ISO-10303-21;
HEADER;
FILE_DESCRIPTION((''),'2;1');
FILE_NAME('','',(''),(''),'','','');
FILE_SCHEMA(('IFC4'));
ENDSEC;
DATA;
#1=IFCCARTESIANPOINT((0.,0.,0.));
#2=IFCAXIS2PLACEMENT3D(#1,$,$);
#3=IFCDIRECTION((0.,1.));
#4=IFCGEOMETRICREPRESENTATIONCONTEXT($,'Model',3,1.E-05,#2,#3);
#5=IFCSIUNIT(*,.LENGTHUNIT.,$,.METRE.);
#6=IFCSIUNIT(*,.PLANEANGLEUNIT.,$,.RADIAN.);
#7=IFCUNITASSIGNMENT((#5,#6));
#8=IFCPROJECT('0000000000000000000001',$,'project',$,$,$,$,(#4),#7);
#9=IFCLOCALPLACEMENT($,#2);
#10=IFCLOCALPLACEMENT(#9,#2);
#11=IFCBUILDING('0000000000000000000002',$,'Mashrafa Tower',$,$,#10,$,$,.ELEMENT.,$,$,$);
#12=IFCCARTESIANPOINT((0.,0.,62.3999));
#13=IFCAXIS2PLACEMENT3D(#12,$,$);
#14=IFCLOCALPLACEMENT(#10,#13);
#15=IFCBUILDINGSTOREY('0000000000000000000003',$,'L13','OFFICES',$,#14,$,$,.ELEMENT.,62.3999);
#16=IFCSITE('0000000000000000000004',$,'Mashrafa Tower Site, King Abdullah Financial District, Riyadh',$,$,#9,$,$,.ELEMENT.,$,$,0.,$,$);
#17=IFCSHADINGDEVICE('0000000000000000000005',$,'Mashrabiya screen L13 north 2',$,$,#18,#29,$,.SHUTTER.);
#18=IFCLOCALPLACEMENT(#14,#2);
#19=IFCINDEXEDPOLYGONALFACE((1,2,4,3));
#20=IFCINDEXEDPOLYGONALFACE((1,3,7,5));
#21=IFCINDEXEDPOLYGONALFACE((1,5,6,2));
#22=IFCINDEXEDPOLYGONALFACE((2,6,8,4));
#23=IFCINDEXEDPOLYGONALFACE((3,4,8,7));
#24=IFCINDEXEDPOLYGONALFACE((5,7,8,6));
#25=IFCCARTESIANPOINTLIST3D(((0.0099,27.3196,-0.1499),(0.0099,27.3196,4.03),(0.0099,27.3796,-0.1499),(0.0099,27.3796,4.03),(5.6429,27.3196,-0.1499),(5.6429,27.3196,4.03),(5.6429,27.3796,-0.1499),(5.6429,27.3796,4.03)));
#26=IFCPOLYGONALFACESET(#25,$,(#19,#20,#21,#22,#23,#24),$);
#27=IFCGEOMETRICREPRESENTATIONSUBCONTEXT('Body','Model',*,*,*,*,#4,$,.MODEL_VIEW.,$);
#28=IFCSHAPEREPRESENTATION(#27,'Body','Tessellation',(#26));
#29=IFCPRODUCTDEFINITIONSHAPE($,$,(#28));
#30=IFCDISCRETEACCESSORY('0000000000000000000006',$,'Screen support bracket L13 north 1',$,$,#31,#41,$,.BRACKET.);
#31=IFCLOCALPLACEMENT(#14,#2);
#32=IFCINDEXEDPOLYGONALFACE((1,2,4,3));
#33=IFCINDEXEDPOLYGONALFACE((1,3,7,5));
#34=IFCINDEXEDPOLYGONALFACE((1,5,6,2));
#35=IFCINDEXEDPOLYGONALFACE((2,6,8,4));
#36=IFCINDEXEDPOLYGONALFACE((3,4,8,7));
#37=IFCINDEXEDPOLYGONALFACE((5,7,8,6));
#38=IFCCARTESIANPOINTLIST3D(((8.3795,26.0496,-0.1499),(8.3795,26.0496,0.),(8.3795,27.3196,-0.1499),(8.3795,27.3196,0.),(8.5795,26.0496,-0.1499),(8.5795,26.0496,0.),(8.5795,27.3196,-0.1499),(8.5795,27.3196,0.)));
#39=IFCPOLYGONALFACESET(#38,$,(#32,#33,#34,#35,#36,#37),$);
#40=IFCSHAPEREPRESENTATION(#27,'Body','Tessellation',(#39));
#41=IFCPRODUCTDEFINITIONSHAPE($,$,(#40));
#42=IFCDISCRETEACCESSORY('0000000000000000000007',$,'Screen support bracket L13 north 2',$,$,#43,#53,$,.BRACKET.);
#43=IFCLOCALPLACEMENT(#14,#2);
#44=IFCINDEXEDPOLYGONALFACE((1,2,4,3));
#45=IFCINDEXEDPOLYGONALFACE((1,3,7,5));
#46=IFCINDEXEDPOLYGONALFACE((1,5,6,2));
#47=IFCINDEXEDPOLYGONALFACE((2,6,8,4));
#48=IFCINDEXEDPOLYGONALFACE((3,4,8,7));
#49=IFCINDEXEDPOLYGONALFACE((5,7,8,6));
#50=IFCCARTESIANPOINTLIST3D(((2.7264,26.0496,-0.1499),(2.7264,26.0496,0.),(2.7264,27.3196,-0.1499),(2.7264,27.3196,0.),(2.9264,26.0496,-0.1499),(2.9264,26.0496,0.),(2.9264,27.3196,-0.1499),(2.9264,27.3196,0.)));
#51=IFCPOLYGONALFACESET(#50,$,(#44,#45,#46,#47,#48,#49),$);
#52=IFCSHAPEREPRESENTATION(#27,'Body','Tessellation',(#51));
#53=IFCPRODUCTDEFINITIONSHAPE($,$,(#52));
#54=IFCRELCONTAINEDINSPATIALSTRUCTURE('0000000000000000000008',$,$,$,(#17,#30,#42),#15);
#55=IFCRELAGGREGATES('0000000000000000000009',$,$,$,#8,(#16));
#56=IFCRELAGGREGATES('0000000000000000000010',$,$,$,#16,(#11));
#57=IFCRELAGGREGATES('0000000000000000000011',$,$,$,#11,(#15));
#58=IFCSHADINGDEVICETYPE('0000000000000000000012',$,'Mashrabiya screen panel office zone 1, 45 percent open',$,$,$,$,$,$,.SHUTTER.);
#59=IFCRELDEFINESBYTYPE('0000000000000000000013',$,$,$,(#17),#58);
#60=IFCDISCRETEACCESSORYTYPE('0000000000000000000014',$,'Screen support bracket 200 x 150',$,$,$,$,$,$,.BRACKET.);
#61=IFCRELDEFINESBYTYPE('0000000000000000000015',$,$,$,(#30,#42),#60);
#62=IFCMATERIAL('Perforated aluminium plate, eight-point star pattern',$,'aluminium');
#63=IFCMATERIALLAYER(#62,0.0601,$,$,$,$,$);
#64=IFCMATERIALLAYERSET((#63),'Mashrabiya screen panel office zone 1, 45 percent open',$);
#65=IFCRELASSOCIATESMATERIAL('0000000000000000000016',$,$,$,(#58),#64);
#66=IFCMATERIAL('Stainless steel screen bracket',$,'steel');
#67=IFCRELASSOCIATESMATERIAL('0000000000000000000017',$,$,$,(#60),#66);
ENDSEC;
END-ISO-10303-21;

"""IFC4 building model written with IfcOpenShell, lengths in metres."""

from ifc_helpers import new_model, si_unit, direction, frame, origin, origin_2d, place, context, subcontext, project, spatial, rectangle, extrude, source, transform, mapped, material, layer, layer_set, type_object, type_shapes, element, save


model = new_model("IFC4")

# Units and contexts
model_context = context("Model", 3, precision=1e-05, world=origin(), true_north=direction((0.0, 1.0)))
body_context = subcontext(model_context, "Body", "Model", "MODEL_VIEW")
ifc_project = project(units=[si_unit("LENGTHUNIT", "METRE"), si_unit("PLANEANGLEUNIT", "RADIAN")], contexts=[model_context])

# Site, building, storey
site_placement = place(None, origin())
site = spatial("IfcSite", under=ifc_project, at=site_placement, Name="Mashrafa Tower Site, King Abdullah Financial District, Riyadh", CompositionType="ELEMENT", RefElevation=0.0)
building_placement = place(site_placement, origin())
building = spatial("IfcBuilding", under=site, at=building_placement, Name="Mashrafa Tower", CompositionType="ELEMENT")
storey_placement = place(building_placement, frame((0.0, 0.0, 62.3999)))
storey = spatial("IfcBuildingStorey", under=building, at=storey_placement, Name="L13", Description="OFFICES", CompositionType="ELEMENT", Elevation=62.3999)

# Shading device
ifc_material_1 = material(Name="Perforated aluminium plate, eight-point star pattern", Category="aluminium")
ifc_layer_1 = layer(ifc_material_1, 0.0601)
ifc_layer_set_1 = layer_set([ifc_layer_1], Name="Mashrabiya screen panel office zone 1, 45 percent open")
shading_device_type = type_object("IfcShadingDeviceType", Name="Mashrabiya screen panel office zone 1, 45 percent open", PredefinedType="SHUTTER", material=ifc_layer_set_1)
shared_shape_1 = source(origin(), body_context, "Body", "SweptSolid", [
    extrude(rectangle(XDim=5.6331, YDim=0.0601, at=origin_2d()), origin(), (0.0, 0.0, 1.0), 4.1799),
])
type_shapes(shading_device_type, [shared_shape_1])
for number, where, z_axis, x_axis, name in (
    (1, (2.8264, 27.3496, -0.1499), (0.0, 0.0, 1.0), (-1.0, 0.0, 0.0), "Mashrabiya screen L13 north 2"),
):
    element("IfcShadingDevice", number, at=place(storey_placement, frame(where, z_axis=z_axis, x_axis=x_axis)), inside=storey, type_object=shading_device_type, Name=name, PredefinedType="SHUTTER", context=body_context, shape_type="MappedRepresentation", body=[
        mapped(shared_shape_1, transform((0.0, 0.0, 0.0))),
    ])

# Discrete accessories
ifc_material_2 = material(Name="Stainless steel screen bracket", Category="steel")
discrete_accessory_type = type_object("IfcDiscreteAccessoryType", Name="Screen support bracket 200 x 150", PredefinedType="BRACKET", material=ifc_material_2)
shared_shape_2 = source(origin(), body_context, "Body", "SweptSolid", [
    extrude(rectangle(XDim=0.2, YDim=1.27, at=origin_2d()), origin(), (0.0, 0.0, 1.0), 0.1499),
])
type_shapes(discrete_accessory_type, [shared_shape_2])
for number, where, z_axis, x_axis, name in (
    (2, (8.4795, 26.6846, -0.1499), (0.0, 0.0, 1.0), (-1.0, 0.0, 0.0), "Screen support bracket L13 north 1"),
    (3, (2.8264, 26.6846, -0.1499), (0.0, 0.0, 1.0), (-1.0, 0.0, 0.0), "Screen support bracket L13 north 2"),
):
    element("IfcDiscreteAccessory", number, at=place(storey_placement, frame(where, z_axis=z_axis, x_axis=x_axis)), inside=storey, type_object=discrete_accessory_type, Name=name, PredefinedType="BRACKET", context=body_context, shape_type="MappedRepresentation", body=[
        mapped(shared_shape_2, transform((0.0, 0.0, 0.0))),
    ])

save(model, "model.ifc")
